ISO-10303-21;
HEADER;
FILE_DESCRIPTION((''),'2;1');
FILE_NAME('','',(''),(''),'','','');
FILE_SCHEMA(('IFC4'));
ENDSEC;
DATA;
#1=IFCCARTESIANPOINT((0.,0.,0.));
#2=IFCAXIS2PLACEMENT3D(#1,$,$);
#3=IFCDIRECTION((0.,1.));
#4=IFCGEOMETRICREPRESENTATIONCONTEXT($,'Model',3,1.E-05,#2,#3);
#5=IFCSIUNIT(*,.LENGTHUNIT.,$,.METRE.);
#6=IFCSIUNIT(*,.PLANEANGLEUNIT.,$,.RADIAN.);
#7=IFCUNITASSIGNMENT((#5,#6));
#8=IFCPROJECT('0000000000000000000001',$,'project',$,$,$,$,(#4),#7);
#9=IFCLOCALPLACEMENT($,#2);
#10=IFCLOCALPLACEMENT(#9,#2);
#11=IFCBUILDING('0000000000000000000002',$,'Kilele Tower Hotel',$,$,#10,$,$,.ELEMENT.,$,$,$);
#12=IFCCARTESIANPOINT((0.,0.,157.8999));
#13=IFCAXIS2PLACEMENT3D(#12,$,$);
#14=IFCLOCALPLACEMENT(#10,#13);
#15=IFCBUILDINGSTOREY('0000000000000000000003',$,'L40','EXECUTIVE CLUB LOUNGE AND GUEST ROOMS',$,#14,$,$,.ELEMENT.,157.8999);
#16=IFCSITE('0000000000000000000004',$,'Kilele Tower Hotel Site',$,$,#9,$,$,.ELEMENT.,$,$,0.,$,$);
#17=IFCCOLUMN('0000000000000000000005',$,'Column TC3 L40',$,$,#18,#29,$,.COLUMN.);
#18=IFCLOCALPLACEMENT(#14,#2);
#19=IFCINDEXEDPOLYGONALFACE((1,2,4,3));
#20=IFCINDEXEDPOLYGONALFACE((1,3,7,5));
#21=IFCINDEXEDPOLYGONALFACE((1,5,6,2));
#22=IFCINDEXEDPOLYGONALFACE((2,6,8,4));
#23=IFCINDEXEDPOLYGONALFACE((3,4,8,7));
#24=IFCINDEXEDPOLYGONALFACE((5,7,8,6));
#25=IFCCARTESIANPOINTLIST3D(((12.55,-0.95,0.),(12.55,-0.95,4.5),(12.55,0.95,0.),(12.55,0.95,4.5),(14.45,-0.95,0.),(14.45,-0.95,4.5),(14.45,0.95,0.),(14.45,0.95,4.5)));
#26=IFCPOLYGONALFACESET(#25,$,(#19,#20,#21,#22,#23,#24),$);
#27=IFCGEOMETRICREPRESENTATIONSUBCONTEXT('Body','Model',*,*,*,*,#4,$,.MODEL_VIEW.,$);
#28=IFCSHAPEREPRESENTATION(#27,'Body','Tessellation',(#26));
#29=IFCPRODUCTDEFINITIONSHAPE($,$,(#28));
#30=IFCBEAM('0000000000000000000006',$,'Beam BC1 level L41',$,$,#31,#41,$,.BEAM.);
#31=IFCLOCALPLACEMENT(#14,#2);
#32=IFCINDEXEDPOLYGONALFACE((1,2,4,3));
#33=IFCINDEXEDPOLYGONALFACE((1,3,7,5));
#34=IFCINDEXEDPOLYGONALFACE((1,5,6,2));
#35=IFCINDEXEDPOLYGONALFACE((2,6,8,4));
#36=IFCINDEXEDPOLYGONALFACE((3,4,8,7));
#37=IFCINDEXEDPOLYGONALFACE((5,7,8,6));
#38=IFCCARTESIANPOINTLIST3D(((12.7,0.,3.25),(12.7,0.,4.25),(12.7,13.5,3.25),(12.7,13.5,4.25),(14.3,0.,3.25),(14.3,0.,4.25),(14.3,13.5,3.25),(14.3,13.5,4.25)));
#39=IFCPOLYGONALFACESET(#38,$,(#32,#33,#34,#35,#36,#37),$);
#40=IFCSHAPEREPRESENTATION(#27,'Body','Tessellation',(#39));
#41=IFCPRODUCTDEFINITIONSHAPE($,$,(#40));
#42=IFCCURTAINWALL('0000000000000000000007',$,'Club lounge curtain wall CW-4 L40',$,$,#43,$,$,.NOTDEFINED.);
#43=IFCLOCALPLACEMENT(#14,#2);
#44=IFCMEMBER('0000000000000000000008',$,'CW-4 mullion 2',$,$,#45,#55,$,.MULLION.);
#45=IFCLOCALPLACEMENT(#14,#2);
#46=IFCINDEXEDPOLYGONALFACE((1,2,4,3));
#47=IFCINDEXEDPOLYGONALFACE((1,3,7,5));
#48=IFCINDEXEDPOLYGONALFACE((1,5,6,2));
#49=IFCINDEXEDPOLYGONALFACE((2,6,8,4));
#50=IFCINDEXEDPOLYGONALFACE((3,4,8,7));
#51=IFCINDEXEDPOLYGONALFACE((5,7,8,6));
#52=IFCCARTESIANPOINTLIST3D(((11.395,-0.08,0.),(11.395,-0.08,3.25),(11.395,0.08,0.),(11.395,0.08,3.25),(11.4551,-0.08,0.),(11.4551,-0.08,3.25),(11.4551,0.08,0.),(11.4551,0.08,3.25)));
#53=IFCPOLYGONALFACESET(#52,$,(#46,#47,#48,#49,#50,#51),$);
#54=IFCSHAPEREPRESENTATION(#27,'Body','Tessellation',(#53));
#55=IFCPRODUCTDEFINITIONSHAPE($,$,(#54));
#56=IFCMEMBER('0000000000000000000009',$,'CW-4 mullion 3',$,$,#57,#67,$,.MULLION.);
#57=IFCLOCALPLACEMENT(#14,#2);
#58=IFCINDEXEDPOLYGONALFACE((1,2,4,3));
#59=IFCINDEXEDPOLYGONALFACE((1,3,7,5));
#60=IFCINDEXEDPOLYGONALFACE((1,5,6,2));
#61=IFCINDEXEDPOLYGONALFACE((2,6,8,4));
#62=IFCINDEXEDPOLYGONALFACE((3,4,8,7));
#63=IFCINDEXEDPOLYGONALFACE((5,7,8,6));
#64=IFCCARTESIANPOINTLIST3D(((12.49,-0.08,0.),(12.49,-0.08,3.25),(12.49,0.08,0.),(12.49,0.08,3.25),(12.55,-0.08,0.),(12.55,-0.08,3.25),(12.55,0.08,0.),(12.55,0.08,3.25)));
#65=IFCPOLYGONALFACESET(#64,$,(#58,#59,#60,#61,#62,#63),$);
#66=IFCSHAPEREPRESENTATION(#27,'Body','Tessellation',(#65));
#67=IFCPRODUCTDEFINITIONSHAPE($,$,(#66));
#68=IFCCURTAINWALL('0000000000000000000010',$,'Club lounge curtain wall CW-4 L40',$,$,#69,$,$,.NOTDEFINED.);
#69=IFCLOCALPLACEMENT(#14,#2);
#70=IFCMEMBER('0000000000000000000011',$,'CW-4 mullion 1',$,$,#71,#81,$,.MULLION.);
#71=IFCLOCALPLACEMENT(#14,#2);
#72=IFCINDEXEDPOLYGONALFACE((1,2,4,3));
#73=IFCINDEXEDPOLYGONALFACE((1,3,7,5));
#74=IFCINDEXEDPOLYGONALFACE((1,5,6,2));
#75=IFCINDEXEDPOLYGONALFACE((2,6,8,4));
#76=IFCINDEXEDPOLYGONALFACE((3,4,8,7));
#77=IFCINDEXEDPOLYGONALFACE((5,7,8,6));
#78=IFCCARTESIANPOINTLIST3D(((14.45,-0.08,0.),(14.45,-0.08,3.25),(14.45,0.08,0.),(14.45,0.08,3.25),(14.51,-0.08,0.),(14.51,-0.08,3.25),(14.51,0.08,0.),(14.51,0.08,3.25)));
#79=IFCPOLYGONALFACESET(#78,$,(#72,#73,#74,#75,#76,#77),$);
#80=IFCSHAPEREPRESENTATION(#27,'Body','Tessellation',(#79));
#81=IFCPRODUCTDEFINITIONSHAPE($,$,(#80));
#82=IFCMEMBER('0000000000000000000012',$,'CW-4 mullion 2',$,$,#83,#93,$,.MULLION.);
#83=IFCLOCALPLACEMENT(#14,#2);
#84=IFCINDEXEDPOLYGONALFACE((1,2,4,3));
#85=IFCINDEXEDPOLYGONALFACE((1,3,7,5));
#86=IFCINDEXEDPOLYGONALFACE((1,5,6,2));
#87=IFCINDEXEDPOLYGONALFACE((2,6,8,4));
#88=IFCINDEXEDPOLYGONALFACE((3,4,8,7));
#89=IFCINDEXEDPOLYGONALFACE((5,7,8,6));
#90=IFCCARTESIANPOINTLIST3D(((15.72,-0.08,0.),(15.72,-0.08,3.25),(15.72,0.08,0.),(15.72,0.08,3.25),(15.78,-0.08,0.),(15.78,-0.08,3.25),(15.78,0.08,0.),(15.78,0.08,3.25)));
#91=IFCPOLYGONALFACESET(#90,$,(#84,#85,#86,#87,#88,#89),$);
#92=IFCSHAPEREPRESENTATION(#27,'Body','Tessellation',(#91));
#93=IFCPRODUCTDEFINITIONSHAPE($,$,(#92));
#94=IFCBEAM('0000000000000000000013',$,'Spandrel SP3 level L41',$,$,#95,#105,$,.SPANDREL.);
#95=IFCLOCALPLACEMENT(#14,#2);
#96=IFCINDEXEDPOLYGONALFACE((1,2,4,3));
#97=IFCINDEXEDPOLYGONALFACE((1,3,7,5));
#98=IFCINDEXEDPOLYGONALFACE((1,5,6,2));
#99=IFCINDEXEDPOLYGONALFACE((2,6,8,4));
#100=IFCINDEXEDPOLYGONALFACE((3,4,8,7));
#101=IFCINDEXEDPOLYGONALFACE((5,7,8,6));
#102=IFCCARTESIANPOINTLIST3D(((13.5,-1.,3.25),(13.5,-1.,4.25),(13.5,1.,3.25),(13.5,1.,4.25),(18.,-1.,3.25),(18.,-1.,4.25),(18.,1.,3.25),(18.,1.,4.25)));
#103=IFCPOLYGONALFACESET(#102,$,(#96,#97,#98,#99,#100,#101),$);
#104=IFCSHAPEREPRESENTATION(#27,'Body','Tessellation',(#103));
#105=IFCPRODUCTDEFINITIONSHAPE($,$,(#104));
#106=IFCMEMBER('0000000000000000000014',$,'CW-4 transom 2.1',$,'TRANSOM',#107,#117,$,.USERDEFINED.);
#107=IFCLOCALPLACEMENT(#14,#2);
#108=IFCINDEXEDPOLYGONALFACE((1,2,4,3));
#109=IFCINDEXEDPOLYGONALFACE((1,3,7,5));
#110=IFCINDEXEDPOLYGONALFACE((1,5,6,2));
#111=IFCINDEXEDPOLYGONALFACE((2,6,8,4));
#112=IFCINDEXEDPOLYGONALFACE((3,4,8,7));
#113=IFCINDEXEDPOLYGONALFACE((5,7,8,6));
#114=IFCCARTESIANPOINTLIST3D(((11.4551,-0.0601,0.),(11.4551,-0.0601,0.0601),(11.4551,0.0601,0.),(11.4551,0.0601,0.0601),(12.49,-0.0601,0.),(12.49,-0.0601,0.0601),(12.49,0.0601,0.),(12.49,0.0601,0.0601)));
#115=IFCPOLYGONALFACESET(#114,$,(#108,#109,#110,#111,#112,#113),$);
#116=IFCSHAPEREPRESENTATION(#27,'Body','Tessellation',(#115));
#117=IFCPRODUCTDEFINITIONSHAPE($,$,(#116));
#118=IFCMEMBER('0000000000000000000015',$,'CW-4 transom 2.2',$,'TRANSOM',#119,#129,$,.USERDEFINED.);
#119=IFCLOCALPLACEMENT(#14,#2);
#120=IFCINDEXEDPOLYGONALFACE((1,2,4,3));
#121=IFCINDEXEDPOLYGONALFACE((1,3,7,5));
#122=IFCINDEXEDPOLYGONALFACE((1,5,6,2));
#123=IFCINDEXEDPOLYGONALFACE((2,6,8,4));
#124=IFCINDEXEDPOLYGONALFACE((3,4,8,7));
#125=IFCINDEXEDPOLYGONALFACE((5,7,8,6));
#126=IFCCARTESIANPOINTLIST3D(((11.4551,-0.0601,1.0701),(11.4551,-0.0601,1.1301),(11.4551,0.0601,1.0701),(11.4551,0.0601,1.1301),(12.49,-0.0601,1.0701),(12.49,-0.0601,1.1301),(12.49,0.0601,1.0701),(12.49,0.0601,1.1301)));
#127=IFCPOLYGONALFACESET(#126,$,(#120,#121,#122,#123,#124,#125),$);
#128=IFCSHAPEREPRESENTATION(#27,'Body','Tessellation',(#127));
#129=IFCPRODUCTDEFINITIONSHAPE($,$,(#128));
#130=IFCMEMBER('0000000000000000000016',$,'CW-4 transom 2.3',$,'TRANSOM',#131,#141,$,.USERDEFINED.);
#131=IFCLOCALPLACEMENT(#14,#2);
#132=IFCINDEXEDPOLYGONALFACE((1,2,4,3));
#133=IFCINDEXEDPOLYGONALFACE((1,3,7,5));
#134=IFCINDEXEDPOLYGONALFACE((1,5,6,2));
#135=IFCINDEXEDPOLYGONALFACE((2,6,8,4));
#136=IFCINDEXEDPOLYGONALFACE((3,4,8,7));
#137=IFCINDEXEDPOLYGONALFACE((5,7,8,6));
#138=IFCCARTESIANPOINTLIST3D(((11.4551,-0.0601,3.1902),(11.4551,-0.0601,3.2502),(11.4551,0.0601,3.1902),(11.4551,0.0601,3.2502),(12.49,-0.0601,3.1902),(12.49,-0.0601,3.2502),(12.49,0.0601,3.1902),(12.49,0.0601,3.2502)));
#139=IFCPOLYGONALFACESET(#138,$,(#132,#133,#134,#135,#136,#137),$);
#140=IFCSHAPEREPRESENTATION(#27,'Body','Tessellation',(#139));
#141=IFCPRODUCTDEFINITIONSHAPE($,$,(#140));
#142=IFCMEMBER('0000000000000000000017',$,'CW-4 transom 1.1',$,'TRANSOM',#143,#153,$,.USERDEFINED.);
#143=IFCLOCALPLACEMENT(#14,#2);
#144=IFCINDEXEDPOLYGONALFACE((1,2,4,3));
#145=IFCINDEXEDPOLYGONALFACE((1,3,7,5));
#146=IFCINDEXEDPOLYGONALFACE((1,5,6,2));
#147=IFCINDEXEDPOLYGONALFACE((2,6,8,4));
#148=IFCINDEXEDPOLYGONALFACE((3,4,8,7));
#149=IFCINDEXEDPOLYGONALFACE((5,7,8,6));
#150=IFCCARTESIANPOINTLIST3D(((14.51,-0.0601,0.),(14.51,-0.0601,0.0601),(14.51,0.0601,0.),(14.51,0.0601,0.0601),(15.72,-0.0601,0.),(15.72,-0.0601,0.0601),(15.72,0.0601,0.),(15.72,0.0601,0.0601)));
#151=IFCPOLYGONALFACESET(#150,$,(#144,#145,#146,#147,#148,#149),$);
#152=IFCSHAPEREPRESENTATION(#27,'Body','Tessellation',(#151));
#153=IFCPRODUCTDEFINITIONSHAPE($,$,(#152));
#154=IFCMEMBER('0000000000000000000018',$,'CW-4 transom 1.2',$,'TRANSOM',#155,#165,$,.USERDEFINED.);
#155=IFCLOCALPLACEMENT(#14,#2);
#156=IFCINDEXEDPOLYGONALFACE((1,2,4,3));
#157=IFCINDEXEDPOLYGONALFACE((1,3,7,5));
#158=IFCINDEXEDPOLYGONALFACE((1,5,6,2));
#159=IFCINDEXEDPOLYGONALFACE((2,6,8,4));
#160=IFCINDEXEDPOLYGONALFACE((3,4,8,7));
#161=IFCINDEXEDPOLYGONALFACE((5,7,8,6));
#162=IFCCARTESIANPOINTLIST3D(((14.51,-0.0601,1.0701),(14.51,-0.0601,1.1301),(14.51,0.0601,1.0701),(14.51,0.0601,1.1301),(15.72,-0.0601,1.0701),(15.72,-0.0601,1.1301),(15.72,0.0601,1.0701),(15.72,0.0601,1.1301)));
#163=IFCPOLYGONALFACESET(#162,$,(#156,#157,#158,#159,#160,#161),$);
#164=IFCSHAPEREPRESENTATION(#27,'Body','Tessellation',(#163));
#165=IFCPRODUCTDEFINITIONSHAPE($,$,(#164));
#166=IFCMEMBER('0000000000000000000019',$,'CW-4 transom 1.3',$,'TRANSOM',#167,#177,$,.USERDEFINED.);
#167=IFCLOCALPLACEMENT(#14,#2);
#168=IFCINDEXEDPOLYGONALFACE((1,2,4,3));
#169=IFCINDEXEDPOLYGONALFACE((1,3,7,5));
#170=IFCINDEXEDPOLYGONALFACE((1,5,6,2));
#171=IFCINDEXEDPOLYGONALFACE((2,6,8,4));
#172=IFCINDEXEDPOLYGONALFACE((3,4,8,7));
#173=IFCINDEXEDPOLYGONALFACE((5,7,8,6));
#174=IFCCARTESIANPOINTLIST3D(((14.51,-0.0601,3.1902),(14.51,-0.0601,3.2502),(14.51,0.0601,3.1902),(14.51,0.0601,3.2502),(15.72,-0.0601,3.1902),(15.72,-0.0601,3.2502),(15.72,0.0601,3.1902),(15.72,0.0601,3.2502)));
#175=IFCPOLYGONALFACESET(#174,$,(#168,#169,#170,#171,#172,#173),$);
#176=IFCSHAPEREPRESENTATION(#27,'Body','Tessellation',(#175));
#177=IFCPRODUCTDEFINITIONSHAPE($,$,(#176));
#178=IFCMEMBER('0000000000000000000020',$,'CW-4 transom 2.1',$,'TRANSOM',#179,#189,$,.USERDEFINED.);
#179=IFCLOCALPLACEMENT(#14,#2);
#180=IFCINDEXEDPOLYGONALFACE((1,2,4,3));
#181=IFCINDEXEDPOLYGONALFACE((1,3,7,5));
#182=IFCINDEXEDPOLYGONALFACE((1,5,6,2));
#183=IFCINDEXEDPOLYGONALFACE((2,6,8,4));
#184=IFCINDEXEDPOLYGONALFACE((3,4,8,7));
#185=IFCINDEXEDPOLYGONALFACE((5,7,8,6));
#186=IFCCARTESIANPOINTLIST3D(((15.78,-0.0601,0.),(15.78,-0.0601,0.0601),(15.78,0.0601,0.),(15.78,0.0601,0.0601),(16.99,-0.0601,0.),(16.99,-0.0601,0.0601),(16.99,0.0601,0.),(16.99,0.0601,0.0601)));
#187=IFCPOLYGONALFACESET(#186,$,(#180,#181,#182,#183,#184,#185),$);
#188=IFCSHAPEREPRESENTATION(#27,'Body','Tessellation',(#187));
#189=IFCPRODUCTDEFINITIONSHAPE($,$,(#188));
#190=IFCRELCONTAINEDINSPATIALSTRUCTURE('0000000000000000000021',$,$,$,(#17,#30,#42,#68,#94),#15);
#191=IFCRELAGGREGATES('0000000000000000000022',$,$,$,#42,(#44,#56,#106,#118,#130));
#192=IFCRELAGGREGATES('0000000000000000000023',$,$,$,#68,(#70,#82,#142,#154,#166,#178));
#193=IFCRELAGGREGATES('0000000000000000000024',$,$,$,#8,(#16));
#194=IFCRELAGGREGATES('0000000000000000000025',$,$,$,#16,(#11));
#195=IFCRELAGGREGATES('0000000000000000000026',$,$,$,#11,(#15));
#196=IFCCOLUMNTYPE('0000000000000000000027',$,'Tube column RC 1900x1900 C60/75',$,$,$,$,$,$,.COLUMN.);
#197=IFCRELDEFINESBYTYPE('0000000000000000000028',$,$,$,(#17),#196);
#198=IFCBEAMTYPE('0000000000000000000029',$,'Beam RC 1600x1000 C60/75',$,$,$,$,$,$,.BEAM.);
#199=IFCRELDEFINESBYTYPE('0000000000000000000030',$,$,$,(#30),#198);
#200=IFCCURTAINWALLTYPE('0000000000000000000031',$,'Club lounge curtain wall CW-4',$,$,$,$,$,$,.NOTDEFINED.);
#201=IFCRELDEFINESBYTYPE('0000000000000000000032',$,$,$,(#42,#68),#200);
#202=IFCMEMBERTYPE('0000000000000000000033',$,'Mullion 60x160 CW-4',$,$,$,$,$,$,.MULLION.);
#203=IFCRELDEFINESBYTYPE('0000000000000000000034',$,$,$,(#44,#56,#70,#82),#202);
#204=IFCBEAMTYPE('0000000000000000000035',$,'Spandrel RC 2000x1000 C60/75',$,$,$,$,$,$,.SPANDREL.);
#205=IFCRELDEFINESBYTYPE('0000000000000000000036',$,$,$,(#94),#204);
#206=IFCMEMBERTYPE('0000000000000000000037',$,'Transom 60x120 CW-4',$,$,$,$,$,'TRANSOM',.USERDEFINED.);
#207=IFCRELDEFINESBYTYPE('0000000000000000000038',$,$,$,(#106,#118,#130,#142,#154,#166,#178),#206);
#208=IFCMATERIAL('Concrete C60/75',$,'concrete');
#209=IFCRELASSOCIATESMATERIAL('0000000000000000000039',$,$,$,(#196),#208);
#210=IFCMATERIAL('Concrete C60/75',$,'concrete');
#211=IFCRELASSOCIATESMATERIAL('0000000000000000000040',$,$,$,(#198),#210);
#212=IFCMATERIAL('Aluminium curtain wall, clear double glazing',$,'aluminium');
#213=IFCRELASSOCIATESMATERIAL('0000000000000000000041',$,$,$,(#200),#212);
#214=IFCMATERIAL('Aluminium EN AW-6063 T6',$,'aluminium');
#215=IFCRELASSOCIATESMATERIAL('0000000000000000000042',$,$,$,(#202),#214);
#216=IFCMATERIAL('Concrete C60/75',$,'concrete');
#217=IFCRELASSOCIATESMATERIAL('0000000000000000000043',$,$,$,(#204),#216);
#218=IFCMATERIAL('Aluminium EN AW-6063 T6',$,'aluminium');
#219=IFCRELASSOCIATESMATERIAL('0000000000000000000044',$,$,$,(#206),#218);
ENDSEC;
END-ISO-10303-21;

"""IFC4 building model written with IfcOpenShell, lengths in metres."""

from ifc_helpers import new_model, si_unit, direction, frame, origin, origin_2d, place, context, subcontext, project, spatial, rectangle, extrude, material, material_profile, profile_set, type_object, element, aggregate, save


model = new_model("IFC4")

# Units and contexts
model_context = context("Model", 3, precision=1e-05, world=origin(), true_north=direction((0.0, 1.0)))
body_context = subcontext(model_context, "Body", "Model", "MODEL_VIEW")
ifc_project = project(units=[si_unit("LENGTHUNIT", "METRE"), si_unit("PLANEANGLEUNIT", "RADIAN")], contexts=[model_context])

# Site, building, storey
site_placement = place(None, origin())
site = spatial("IfcSite", under=ifc_project, at=site_placement, Name="Kilele Tower Hotel Site", CompositionType="ELEMENT", RefElevation=0.0)
building_placement = place(site_placement, origin())
building = spatial("IfcBuilding", under=site, at=building_placement, Name="Kilele Tower Hotel", CompositionType="ELEMENT")
storey_placement = place(building_placement, frame((0.0, 0.0, 157.8999)))
storey = spatial("IfcBuildingStorey", under=building, at=storey_placement, Name="L40", Description="EXECUTIVE CLUB LOUNGE AND GUEST ROOMS", CompositionType="ELEMENT", Elevation=157.8999)

# Column
ifc_material_1 = material(Name="Concrete C60/75", Category="concrete")
ifc_material_profile_1 = material_profile(ifc_material_1, rectangle(XDim=1.8999, YDim=1.8999, at=origin_2d()))
ifc_profile_set_1 = profile_set([ifc_material_profile_1], Name="Concrete C60/75")
column_type = type_object("IfcColumnType", Name="Tube column RC 1900x1900 C60/75", PredefinedType="COLUMN", material=ifc_profile_set_1)
column_placement = place(storey_placement, frame((13.5, 0.0, 0.0), z_axis=(0.0, 0.0, 1.0), x_axis=(1.0, 0.0, 0.0)))
element("IfcColumn", 1, at=column_placement, inside=storey, type_object=column_type, Name="Column TC3 L40", PredefinedType="COLUMN", context=body_context, shape_type="SweptSolid", body=[
    extrude(rectangle(XDim=1.8999, YDim=1.8999, at=origin_2d()), origin(), (0.0, 0.0, 1.0), 4.5),
])

# Beam
ifc_material_2 = material(Name="Concrete C60/75", Category="concrete")
ifc_material_profile_2 = material_profile(ifc_material_2, rectangle(XDim=1.6001, YDim=1.0, at=origin_2d()))
ifc_profile_set_2 = profile_set([ifc_material_profile_2], Name="Concrete C60/75")
beam_type_1 = type_object("IfcBeamType", Name="Beam RC 1600x1000 C60/75", PredefinedType="BEAM", material=ifc_profile_set_2)
beam_1_placement = place(storey_placement, frame((13.5, 0.0, 3.75), z_axis=(0.0, 1.0, 0.0), x_axis=(-1.0, 0.0, 0.0)))
element("IfcBeam", 2, at=beam_1_placement, inside=storey, type_object=beam_type_1, Name="Beam BC1 level L41", PredefinedType="BEAM", context=body_context, shape_type="SweptSolid", body=[
    extrude(rectangle(XDim=1.6001, YDim=1.0, at=origin_2d()), origin(), (0.0, 0.0, 1.0), 13.5),
])

# Curtain walls, members
ifc_material_3 = material(Name="Aluminium curtain wall, clear double glazing", Category="aluminium")
curtain_wall_type = type_object("IfcCurtainWallType", Name="Club lounge curtain wall CW-4", PredefinedType="NOTDEFINED", material=ifc_material_3)
curtain_wall_1_placement = place(storey_placement, origin())
curtain_wall_1 = element("IfcCurtainWall", 3, at=curtain_wall_1_placement, inside=storey, type_object=curtain_wall_type, Name="Club lounge curtain wall CW-4 L40", PredefinedType="NOTDEFINED")
ifc_material_4 = material(Name="Aluminium EN AW-6063 T6", Category="aluminium")
ifc_material_profile_3 = material_profile(ifc_material_4, rectangle(XDim=0.1599, YDim=0.0601, at=origin_2d()))
ifc_profile_set_3 = profile_set([ifc_material_profile_3], Name="Aluminium EN AW-6063 T6")
member_type_1 = type_object("IfcMemberType", Name="Mullion 60x160 CW-4", PredefinedType="MULLION", material=ifc_profile_set_3)
member_1_placement = place(storey_placement, frame((11.425, 0.0, 0.0), z_axis=(0.0, 0.0, 1.0), x_axis=(0.0, 1.0, 0.0)))
member_1 = element("IfcMember", 4, at=member_1_placement, type_object=member_type_1, Name="CW-4 mullion 2", PredefinedType="MULLION", context=body_context, shape_type="SweptSolid", body=[
    extrude(rectangle(XDim=0.1599, YDim=0.0601, at=origin_2d()), origin(), (0.0, 0.0, 1.0), 3.25),
])
member_2_placement = place(storey_placement, frame((12.52, 0.0, 0.0), z_axis=(0.0, 0.0, 1.0), x_axis=(0.0, 1.0, 0.0)))
member_2 = element("IfcMember", 5, at=member_2_placement, type_object=member_type_1, Name="CW-4 mullion 3", PredefinedType="MULLION", context=body_context, shape_type="SweptSolid", body=[
    extrude(rectangle(XDim=0.1599, YDim=0.0601, at=origin_2d()), origin(), (0.0, 0.0, 1.0), 3.25),
])
curtain_wall_2_placement = place(storey_placement, origin())
curtain_wall_2 = element("IfcCurtainWall", 6, at=curtain_wall_2_placement, inside=storey, type_object=curtain_wall_type, Name="Club lounge curtain wall CW-4 L40", PredefinedType="NOTDEFINED")
member_3_placement = place(storey_placement, frame((14.48, 0.0, 0.0), z_axis=(0.0, 0.0, 1.0), x_axis=(0.0, 1.0, 0.0)))
member_3 = element("IfcMember", 7, at=member_3_placement, type_object=member_type_1, Name="CW-4 mullion 1", PredefinedType="MULLION", context=body_context, shape_type="SweptSolid", body=[
    extrude(rectangle(XDim=0.1599, YDim=0.0601, at=origin_2d()), origin(), (0.0, 0.0, 1.0), 3.25),
])
member_4_placement = place(storey_placement, frame((15.75, 0.0, 0.0), z_axis=(0.0, 0.0, 1.0), x_axis=(0.0, 1.0, 0.0)))
member_4 = element("IfcMember", 8, at=member_4_placement, type_object=member_type_1, Name="CW-4 mullion 2", PredefinedType="MULLION", context=body_context, shape_type="SweptSolid", body=[
    extrude(rectangle(XDim=0.1599, YDim=0.0601, at=origin_2d()), origin(), (0.0, 0.0, 1.0), 3.25),
])

# Beam
ifc_material_5 = material(Name="Concrete C60/75", Category="concrete")
ifc_material_profile_4 = material_profile(ifc_material_5, rectangle(XDim=2.0, YDim=1.0, at=origin_2d()))
ifc_profile_set_4 = profile_set([ifc_material_profile_4], Name="Concrete C60/75")
beam_type_2 = type_object("IfcBeamType", Name="Spandrel RC 2000x1000 C60/75", PredefinedType="SPANDREL", material=ifc_profile_set_4)
beam_2_placement = place(storey_placement, frame((13.5, 0.0, 3.75), z_axis=(1.0, 0.0, 0.0), x_axis=(0.0, 1.0, 0.0)))
element("IfcBeam", 9, at=beam_2_placement, inside=storey, type_object=beam_type_2, Name="Spandrel SP3 level L41", PredefinedType="SPANDREL", context=body_context, shape_type="SweptSolid", body=[
    extrude(rectangle(XDim=2.0, YDim=1.0, at=origin_2d()), origin(), (0.0, 0.0, 1.0), 4.5),
])

# Members
ifc_material_6 = material(Name="Aluminium EN AW-6063 T6", Category="aluminium")
ifc_material_profile_5 = material_profile(ifc_material_6, rectangle(XDim=0.1201, YDim=0.0601, at=origin_2d()))
ifc_profile_set_5 = profile_set([ifc_material_profile_5], Name="Aluminium EN AW-6063 T6")
member_type_2 = type_object("IfcMemberType", Name="Transom 60x120 CW-4", ElementType="TRANSOM", PredefinedType="USERDEFINED", material=ifc_profile_set_5)
member_5_placement = place(storey_placement, frame((11.4551, 0.0, 0.03), z_axis=(1.0, 0.0, 0.0), x_axis=(0.0, 1.0, 0.0)))
member_5 = element("IfcMember", 10, at=member_5_placement, type_object=member_type_2, Name="CW-4 transom 2.1", ObjectType="TRANSOM", PredefinedType="USERDEFINED", context=body_context, shape_type="SweptSolid", body=[
    extrude(rectangle(XDim=0.1201, YDim=0.0601, at=origin_2d()), origin(), (0.0, 0.0, 1.0), 1.0349),
])
member_6_placement = place(storey_placement, frame((11.4551, 0.0, 1.1001), z_axis=(1.0, 0.0, 0.0), x_axis=(0.0, 1.0, 0.0)))
member_6 = element("IfcMember", 11, at=member_6_placement, type_object=member_type_2, Name="CW-4 transom 2.2", ObjectType="TRANSOM", PredefinedType="USERDEFINED", context=body_context, shape_type="SweptSolid", body=[
    extrude(rectangle(XDim=0.1201, YDim=0.0601, at=origin_2d()), origin(), (0.0, 0.0, 1.0), 1.0349),
])
member_7_placement = place(storey_placement, frame((11.4551, 0.0, 3.2202), z_axis=(1.0, 0.0, 0.0), x_axis=(0.0, 1.0, 0.0)))
member_7 = element("IfcMember", 12, at=member_7_placement, type_object=member_type_2, Name="CW-4 transom 2.3", ObjectType="TRANSOM", PredefinedType="USERDEFINED", context=body_context, shape_type="SweptSolid", body=[
    extrude(rectangle(XDim=0.1201, YDim=0.0601, at=origin_2d()), origin(), (0.0, 0.0, 1.0), 1.0349),
])
member_8_placement = place(storey_placement, frame((14.51, 0.0, 0.03), z_axis=(1.0, 0.0, 0.0), x_axis=(0.0, 1.0, 0.0)))
member_8 = element("IfcMember", 13, at=member_8_placement, type_object=member_type_2, Name="CW-4 transom 1.1", ObjectType="TRANSOM", PredefinedType="USERDEFINED", context=body_context, shape_type="SweptSolid", body=[
    extrude(rectangle(XDim=0.1201, YDim=0.0601, at=origin_2d()), origin(), (0.0, 0.0, 1.0), 1.21),
])
member_9_placement = place(storey_placement, frame((14.51, 0.0, 1.1001), z_axis=(1.0, 0.0, 0.0), x_axis=(0.0, 1.0, 0.0)))
member_9 = element("IfcMember", 14, at=member_9_placement, type_object=member_type_2, Name="CW-4 transom 1.2", ObjectType="TRANSOM", PredefinedType="USERDEFINED", context=body_context, shape_type="SweptSolid", body=[
    extrude(rectangle(XDim=0.1201, YDim=0.0601, at=origin_2d()), origin(), (0.0, 0.0, 1.0), 1.21),
])
member_10_placement = place(storey_placement, frame((14.51, 0.0, 3.2202), z_axis=(1.0, 0.0, 0.0), x_axis=(0.0, 1.0, 0.0)))
member_10 = element("IfcMember", 15, at=member_10_placement, type_object=member_type_2, Name="CW-4 transom 1.3", ObjectType="TRANSOM", PredefinedType="USERDEFINED", context=body_context, shape_type="SweptSolid", body=[
    extrude(rectangle(XDim=0.1201, YDim=0.0601, at=origin_2d()), origin(), (0.0, 0.0, 1.0), 1.21),
])
member_11_placement = place(storey_placement, frame((15.78, 0.0, 0.03), z_axis=(1.0, 0.0, 0.0), x_axis=(0.0, 1.0, 0.0)))
member_11 = element("IfcMember", 16, at=member_11_placement, type_object=member_type_2, Name="CW-4 transom 2.1", ObjectType="TRANSOM", PredefinedType="USERDEFINED", context=body_context, shape_type="SweptSolid", body=[
    extrude(rectangle(XDim=0.1201, YDim=0.0601, at=origin_2d()), origin(), (0.0, 0.0, 1.0), 1.21),
])

aggregate(curtain_wall_1, [member_1, member_2, member_5, member_6, member_7])
aggregate(curtain_wall_2, [member_3, member_4, member_8, member_9, member_10, member_11])

save(model, "model.ifc")
